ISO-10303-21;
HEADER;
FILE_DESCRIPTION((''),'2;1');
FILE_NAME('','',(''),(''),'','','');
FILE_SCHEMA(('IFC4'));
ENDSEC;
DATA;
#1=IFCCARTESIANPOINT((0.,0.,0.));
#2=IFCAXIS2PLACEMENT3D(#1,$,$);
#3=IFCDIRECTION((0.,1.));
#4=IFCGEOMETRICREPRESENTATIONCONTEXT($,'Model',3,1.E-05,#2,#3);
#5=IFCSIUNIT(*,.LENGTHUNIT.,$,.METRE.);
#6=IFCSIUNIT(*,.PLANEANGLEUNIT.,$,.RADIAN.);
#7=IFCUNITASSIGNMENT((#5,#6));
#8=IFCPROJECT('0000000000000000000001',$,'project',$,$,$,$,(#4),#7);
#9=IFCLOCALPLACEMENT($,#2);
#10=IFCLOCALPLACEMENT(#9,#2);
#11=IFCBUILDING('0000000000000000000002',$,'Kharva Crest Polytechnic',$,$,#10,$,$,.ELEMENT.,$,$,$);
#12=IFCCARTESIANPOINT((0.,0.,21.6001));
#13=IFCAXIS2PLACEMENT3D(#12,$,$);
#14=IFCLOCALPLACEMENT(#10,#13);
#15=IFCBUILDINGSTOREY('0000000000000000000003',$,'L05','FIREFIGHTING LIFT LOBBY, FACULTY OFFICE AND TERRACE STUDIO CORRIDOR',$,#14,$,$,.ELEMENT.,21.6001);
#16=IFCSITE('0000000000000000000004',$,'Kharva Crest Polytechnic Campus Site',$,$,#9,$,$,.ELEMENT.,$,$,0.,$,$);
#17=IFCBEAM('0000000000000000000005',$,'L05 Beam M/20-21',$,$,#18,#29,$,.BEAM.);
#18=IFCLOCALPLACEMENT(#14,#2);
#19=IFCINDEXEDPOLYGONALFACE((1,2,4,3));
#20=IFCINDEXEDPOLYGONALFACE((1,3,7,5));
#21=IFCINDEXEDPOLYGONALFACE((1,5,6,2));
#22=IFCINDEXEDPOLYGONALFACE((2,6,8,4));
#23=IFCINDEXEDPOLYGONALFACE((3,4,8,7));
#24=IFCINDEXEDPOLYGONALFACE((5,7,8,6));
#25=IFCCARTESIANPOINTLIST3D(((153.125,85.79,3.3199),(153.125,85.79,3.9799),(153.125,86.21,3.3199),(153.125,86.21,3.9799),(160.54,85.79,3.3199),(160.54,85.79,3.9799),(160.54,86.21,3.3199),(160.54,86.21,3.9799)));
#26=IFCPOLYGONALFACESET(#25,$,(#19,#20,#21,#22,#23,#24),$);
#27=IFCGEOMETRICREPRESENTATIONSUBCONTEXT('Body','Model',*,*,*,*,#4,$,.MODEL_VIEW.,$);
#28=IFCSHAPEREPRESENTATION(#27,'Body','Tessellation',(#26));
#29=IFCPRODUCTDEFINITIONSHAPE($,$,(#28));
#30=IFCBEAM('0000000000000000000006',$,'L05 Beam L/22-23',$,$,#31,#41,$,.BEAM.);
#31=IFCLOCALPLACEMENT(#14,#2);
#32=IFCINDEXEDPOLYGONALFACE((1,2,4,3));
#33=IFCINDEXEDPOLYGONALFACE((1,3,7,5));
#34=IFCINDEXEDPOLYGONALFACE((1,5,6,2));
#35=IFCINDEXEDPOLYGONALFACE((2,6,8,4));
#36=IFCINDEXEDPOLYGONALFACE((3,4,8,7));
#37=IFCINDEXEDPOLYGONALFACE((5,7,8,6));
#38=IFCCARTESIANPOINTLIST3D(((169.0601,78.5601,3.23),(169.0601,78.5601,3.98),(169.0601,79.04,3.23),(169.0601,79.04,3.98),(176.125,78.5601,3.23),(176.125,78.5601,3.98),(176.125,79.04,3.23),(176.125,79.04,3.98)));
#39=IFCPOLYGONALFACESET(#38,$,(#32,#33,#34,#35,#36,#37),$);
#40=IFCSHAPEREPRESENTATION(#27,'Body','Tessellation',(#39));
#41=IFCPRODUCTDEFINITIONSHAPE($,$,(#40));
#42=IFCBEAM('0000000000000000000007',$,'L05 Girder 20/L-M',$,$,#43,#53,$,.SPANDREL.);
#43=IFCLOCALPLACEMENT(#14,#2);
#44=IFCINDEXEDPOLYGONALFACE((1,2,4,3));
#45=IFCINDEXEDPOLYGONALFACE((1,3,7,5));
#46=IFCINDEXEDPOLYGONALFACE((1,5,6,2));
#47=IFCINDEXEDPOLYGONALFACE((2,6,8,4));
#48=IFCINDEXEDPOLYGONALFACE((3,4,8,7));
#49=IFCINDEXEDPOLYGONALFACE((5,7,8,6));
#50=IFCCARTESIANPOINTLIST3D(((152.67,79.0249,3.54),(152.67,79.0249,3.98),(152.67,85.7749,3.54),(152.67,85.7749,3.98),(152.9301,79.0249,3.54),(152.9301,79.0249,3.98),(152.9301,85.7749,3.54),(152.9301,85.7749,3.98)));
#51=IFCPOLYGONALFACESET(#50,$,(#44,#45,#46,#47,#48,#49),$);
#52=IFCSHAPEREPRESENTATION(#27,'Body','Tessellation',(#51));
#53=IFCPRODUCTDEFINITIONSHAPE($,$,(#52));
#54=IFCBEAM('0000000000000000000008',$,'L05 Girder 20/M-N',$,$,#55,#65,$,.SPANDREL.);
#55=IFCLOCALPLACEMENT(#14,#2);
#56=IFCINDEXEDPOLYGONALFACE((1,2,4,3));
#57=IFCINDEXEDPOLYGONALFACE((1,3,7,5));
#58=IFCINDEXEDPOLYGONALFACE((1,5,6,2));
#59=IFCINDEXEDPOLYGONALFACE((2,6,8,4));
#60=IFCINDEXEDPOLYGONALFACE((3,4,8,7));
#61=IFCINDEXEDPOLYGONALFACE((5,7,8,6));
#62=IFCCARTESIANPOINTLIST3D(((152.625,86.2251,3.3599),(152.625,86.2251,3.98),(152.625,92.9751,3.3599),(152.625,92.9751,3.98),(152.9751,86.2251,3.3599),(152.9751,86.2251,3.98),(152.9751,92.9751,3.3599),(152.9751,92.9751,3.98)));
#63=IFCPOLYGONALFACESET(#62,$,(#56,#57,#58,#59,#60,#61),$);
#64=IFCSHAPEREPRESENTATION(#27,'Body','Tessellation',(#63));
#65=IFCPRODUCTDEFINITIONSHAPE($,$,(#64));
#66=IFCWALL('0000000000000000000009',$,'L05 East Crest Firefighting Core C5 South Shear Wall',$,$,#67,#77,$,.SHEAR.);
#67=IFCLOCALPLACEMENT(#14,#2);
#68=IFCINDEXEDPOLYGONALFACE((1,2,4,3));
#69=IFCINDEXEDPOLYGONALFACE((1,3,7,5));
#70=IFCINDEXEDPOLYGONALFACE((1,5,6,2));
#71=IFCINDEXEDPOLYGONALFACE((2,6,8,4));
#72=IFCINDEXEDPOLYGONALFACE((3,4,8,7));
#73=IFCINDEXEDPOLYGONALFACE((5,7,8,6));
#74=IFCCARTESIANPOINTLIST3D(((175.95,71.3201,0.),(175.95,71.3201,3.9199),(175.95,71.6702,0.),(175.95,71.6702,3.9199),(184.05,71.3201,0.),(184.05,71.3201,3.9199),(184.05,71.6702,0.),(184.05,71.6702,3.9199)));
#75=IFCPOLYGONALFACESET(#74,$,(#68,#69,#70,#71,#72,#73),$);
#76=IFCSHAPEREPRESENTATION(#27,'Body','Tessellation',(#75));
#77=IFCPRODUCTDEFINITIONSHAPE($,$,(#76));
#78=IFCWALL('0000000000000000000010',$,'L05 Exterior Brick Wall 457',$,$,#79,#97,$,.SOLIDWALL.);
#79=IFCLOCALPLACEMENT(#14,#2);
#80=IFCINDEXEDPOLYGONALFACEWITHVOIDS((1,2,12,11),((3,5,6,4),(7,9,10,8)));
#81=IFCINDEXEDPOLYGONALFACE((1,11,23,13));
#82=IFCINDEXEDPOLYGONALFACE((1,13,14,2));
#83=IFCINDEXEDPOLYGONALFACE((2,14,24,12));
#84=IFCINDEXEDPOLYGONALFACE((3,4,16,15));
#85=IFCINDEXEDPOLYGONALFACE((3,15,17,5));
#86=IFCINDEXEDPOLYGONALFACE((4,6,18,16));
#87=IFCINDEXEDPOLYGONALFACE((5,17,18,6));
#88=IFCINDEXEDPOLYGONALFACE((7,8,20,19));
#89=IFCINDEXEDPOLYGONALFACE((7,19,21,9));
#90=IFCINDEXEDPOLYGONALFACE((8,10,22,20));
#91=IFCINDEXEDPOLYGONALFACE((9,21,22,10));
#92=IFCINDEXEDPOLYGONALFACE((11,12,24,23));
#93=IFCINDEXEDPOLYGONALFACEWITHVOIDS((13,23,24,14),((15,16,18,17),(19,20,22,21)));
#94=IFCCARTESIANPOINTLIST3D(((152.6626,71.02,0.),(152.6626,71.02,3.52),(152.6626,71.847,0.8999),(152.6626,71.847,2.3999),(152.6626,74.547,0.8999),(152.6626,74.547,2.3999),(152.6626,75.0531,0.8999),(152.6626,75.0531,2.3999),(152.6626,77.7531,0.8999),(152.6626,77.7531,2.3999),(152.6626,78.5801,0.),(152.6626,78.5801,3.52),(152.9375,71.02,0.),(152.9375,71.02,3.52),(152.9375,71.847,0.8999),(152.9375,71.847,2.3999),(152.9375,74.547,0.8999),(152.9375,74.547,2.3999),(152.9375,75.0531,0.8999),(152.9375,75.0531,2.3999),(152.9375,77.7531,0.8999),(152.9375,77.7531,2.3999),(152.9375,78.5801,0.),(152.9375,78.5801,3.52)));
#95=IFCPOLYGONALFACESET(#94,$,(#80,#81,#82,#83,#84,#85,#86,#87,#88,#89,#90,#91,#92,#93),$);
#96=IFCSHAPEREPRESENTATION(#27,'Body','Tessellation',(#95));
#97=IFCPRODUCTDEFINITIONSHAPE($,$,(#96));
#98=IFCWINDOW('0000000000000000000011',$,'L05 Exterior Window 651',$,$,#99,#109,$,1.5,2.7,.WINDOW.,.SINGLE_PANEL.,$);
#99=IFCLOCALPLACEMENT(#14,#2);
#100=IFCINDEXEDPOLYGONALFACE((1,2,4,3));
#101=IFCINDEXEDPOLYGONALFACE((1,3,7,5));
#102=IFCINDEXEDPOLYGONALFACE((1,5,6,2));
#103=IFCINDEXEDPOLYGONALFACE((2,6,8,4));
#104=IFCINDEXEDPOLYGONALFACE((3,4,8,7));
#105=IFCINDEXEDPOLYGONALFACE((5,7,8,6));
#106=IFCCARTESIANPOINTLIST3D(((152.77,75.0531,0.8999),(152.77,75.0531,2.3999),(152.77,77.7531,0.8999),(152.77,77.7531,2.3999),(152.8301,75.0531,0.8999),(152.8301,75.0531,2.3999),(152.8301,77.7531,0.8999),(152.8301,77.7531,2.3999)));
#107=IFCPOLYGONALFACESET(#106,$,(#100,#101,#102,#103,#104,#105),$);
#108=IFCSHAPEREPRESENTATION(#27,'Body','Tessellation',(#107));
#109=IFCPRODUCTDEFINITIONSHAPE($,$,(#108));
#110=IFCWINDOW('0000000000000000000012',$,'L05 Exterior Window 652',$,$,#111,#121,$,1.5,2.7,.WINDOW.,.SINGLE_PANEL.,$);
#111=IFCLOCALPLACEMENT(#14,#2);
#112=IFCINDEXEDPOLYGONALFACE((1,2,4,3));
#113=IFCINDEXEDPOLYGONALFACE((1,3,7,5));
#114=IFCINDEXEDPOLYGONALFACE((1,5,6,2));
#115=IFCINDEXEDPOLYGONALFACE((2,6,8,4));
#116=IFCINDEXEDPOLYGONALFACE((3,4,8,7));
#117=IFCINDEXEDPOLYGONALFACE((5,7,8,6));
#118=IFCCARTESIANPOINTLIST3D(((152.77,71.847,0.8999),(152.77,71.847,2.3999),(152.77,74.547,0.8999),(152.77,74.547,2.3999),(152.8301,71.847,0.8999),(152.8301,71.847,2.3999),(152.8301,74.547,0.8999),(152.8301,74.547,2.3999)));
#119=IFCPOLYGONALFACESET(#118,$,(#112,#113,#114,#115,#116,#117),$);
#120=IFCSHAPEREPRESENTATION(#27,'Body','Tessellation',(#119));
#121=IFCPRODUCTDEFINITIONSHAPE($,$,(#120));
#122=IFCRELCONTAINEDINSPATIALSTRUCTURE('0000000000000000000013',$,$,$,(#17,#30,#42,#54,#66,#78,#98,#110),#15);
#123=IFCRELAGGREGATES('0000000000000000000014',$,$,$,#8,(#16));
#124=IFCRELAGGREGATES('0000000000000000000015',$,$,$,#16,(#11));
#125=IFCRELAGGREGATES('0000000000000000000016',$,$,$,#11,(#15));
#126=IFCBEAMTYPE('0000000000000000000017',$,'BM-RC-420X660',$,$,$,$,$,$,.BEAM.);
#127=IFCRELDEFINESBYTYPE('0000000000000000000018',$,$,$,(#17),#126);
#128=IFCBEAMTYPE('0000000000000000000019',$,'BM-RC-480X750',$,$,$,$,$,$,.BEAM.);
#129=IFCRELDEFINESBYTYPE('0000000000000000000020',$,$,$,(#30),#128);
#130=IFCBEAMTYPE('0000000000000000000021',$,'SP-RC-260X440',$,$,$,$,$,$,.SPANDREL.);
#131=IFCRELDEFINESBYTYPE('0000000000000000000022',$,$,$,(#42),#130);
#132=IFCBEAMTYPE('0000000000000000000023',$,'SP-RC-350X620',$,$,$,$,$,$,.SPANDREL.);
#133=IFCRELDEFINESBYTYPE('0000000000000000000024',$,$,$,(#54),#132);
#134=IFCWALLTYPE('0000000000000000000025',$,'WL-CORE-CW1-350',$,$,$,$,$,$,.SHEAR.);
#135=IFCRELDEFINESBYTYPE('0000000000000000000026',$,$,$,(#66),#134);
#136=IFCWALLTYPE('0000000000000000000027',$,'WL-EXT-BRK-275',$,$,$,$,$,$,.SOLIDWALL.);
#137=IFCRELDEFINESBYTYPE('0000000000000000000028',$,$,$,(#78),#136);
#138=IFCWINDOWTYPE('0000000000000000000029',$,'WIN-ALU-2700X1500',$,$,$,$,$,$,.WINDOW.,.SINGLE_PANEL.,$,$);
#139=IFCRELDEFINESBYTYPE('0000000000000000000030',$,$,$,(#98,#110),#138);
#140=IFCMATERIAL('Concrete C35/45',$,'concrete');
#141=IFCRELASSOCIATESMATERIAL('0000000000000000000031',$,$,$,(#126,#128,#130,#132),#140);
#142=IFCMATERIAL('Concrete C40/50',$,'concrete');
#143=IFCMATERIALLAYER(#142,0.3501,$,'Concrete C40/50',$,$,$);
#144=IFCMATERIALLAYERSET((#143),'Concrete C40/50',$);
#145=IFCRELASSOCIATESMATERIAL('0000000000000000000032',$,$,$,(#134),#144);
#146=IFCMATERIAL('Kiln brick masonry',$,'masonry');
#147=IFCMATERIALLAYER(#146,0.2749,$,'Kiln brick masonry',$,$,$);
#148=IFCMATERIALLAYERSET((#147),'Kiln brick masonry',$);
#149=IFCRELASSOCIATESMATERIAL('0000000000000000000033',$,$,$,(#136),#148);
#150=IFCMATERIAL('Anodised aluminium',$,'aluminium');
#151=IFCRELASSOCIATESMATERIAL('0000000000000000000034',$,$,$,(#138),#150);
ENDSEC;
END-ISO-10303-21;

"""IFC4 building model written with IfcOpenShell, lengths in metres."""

from ifc_helpers import new_model, si_unit, direction, frame, frame_2d, origin, origin_2d, place, context, subcontext, project, spatial, rectangle, extrude, material, layer, layer_set, material_profile, profile_set, type_object, element, fill, save


model = new_model("IFC4")

# Units and contexts
model_context = context("Model", 3, precision=1e-05, world=origin(), true_north=direction((0.0, 1.0)))
body_context = subcontext(model_context, "Body", "Model", "MODEL_VIEW")
ifc_project = project(units=[si_unit("LENGTHUNIT", "METRE"), si_unit("PLANEANGLEUNIT", "RADIAN")], contexts=[model_context])

# Site, building, storey
site_placement = place(None, origin())
site = spatial("IfcSite", under=ifc_project, at=site_placement, Name="Kharva Crest Polytechnic Campus Site", CompositionType="ELEMENT", RefElevation=0.0)
building_placement = place(site_placement, origin())
building = spatial("IfcBuilding", under=site, at=building_placement, Name="Kharva Crest Polytechnic", CompositionType="ELEMENT")
storey_placement = place(building_placement, frame((0.0, 0.0, 21.6001)))
storey = spatial("IfcBuildingStorey", under=building, at=storey_placement, Name="L05", Description="FIREFIGHTING LIFT LOBBY, FACULTY OFFICE AND TERRACE STUDIO CORRIDOR", CompositionType="ELEMENT", Elevation=21.6001)

# Shared definitions
ifc_material_1 = material(Name="Concrete C40/50", Category="concrete")

# Beams
ifc_material_2 = material(Name="Concrete C35/45", Category="concrete")
ifc_material_profile_1 = material_profile(ifc_material_2, rectangle(XDim=0.4199, YDim=0.6599, at=origin_2d()), Name="RECT 420 X 660")
ifc_profile_set_1 = profile_set([ifc_material_profile_1], Name="Concrete C35/45")
beam_type_1 = type_object("IfcBeamType", Name="BM-RC-420X660", PredefinedType="BEAM", material=ifc_profile_set_1)
beam_1_placement = place(storey_placement, frame((153.125, 86.0, 3.6499), z_axis=(1.0, 0.0, 0.0), x_axis=(0.0, 1.0, 0.0)))
element("IfcBeam", 1, at=beam_1_placement, inside=storey, type_object=beam_type_1, Name="L05 Beam M/20-21", PredefinedType="BEAM", context=body_context, shape_type="SweptSolid", body=[
    extrude(rectangle(XDim=0.4199, YDim=0.6599, at=origin_2d()), origin(), (0.0, 0.0, 1.0), 7.415),
])
ifc_material_profile_2 = material_profile(ifc_material_2, rectangle(XDim=0.48, YDim=0.75, at=origin_2d()), Name="RECT 480 X 750")
ifc_profile_set_2 = profile_set([ifc_material_profile_2], Name="Concrete C35/45")
beam_type_2 = type_object("IfcBeamType", Name="BM-RC-480X750", PredefinedType="BEAM", material=ifc_profile_set_2)
beam_2_placement = place(storey_placement, frame((169.0601, 78.8, 3.605), z_axis=(1.0, 0.0, 0.0), x_axis=(0.0, 1.0, 0.0)))
element("IfcBeam", 2, at=beam_2_placement, inside=storey, type_object=beam_type_2, Name="L05 Beam L/22-23", PredefinedType="BEAM", context=body_context, shape_type="SweptSolid", body=[
    extrude(rectangle(XDim=0.48, YDim=0.75, at=origin_2d()), origin(), (0.0, 0.0, 1.0), 7.0649),
])
ifc_material_profile_3 = material_profile(ifc_material_2, rectangle(XDim=0.26, YDim=0.4399, at=origin_2d()), Name="RECT 260 X 440")
ifc_profile_set_3 = profile_set([ifc_material_profile_3], Name="Concrete C35/45")
beam_type_3 = type_object("IfcBeamType", Name="SP-RC-260X440", PredefinedType="SPANDREL", material=ifc_profile_set_3)
beam_3_placement = place(storey_placement, frame((152.8, 79.0249, 3.76), z_axis=(0.0, 1.0, 0.0), x_axis=(-1.0, 0.0, 0.0)))
element("IfcBeam", 3, at=beam_3_placement, inside=storey, type_object=beam_type_3, Name="L05 Girder 20/L-M", PredefinedType="SPANDREL", context=body_context, shape_type="SweptSolid", body=[
    extrude(rectangle(XDim=0.26, YDim=0.4399, at=origin_2d()), origin(), (0.0, 0.0, 1.0), 6.75),
])
ifc_material_profile_4 = material_profile(ifc_material_2, rectangle(XDim=0.3501, YDim=0.6201, at=origin_2d()), Name="RECT 350 X 620")
ifc_profile_set_4 = profile_set([ifc_material_profile_4], Name="Concrete C35/45")
beam_type_4 = type_object("IfcBeamType", Name="SP-RC-350X620", PredefinedType="SPANDREL", material=ifc_profile_set_4)
beam_4_placement = place(storey_placement, frame((152.8, 86.2251, 3.6699), z_axis=(0.0, 1.0, 0.0), x_axis=(-1.0, 0.0, 0.0)))
element("IfcBeam", 4, at=beam_4_placement, inside=storey, type_object=beam_type_4, Name="L05 Girder 20/M-N", PredefinedType="SPANDREL", context=body_context, shape_type="SweptSolid", body=[
    extrude(rectangle(XDim=0.3501, YDim=0.6201, at=origin_2d()), origin(), (0.0, 0.0, 1.0), 6.75),
])

# Wall
ifc_layer_1 = layer(ifc_material_1, 0.3501, Name="Concrete C40/50")
ifc_layer_set_1 = layer_set([ifc_layer_1], Name="Concrete C40/50")
wall_type_1 = type_object("IfcWallType", Name="WL-CORE-CW1-350", PredefinedType="SHEAR", material=ifc_layer_set_1)
wall_1_placement = place(storey_placement, frame((175.95, 71.4951, 0.0), z_axis=(0.0, 0.0, 1.0), x_axis=(1.0, 0.0, 0.0)))
element("IfcWall", 5, at=wall_1_placement, inside=storey, type_object=wall_type_1, Name="L05 East Crest Firefighting Core C5 South Shear Wall", PredefinedType="SHEAR", context=body_context, shape_type="SweptSolid", body=[
    extrude(rectangle(XDim=8.1001, YDim=0.3501, at=frame_2d((4.05, 0.0))), origin(), (0.0, 0.0, 1.0), 3.9199),
])

# Wall, openings, windows
ifc_material_3 = material(Name="Kiln brick masonry", Category="masonry")
ifc_layer_2 = layer(ifc_material_3, 0.2749, Name="Kiln brick masonry")
ifc_layer_set_2 = layer_set([ifc_layer_2], Name="Kiln brick masonry")
wall_type_2 = type_object("IfcWallType", Name="WL-EXT-BRK-275", PredefinedType="SOLIDWALL", material=ifc_layer_set_2)
wall_2_placement = place(storey_placement, frame((152.8, 78.5801, 0.0), z_axis=(0.0, 0.0, 1.0), x_axis=(0.0, -1.0, 0.0)))
wall_2 = element("IfcWall", 6, at=wall_2_placement, inside=storey, type_object=wall_type_2, Name="L05 Exterior Brick Wall 457", PredefinedType="SOLIDWALL", context=body_context, shape_type="SweptSolid", body=[
    extrude(rectangle(XDim=7.5601, YDim=0.2749, at=frame_2d((3.78, 0.0))), origin(), (0.0, 0.0, 1.0), 3.52),
])
opening_1_placement = place(wall_2_placement, frame((0.8269, 0.0, 0.8999)))
opening_1 = element("IfcOpeningElement", 7, at=opening_1_placement, cuts=wall_2, PredefinedType="OPENING", context=body_context, shape_type="SweptSolid", body=[
    extrude(rectangle(XDim=2.7, YDim=1.5, at=frame_2d((1.3501, 0.75))), frame((0.0, 0.1475, 0.0), z_axis=(0.0, -1.0, 0.0), x_axis=(1.0, 0.0, 0.0)), (0.0, 0.0, 1.0), 0.2949),
])
opening_2_placement = place(wall_2_placement, frame((4.033, 0.0, 0.8999)))
opening_2 = element("IfcOpeningElement", 8, at=opening_2_placement, cuts=wall_2, PredefinedType="OPENING", context=body_context, shape_type="SweptSolid", body=[
    extrude(rectangle(XDim=2.7, YDim=1.5, at=frame_2d((1.3501, 0.75))), frame((0.0, 0.1475, 0.0), z_axis=(0.0, -1.0, 0.0), x_axis=(1.0, 0.0, 0.0)), (0.0, 0.0, 1.0), 0.2949),
])
ifc_material_4 = material(Name="Anodised aluminium", Category="aluminium")
window_type_1 = type_object("IfcWindowType", Name="WIN-ALU-2700X1500", PartitioningType="SINGLE_PANEL", PredefinedType="WINDOW", material=ifc_material_4)
window_1_placement = place(opening_1_placement, origin())
window_1 = element("IfcWindow", 9, at=window_1_placement, inside=storey, type_object=window_type_1, Name="L05 Exterior Window 651", OverallHeight=1.5, OverallWidth=2.7, PartitioningType="SINGLE_PANEL", PredefinedType="WINDOW", context=body_context, shape_type="SweptSolid", body=[
    extrude(rectangle(XDim=2.7, YDim=1.5, at=frame_2d((1.3501, 0.75))), frame((0.0, 0.03, 0.0), z_axis=(0.0, -1.0, 0.0), x_axis=(1.0, 0.0, 0.0)), (0.0, 0.0, 1.0), 0.0601),
])
fill(opening_1, window_1)
window_2_placement = place(opening_2_placement, origin())
window_2 = element("IfcWindow", 10, at=window_2_placement, inside=storey, type_object=window_type_1, Name="L05 Exterior Window 652", OverallHeight=1.5, OverallWidth=2.7, PartitioningType="SINGLE_PANEL", PredefinedType="WINDOW", context=body_context, shape_type="SweptSolid", body=[
    extrude(rectangle(XDim=2.7, YDim=1.5, at=frame_2d((1.3501, 0.75))), frame((0.0, 0.03, 0.0), z_axis=(0.0, -1.0, 0.0), x_axis=(1.0, 0.0, 0.0)), (0.0, 0.0, 1.0), 0.0601),
])
fill(opening_2, window_2)

save(model, "model.ifc")
